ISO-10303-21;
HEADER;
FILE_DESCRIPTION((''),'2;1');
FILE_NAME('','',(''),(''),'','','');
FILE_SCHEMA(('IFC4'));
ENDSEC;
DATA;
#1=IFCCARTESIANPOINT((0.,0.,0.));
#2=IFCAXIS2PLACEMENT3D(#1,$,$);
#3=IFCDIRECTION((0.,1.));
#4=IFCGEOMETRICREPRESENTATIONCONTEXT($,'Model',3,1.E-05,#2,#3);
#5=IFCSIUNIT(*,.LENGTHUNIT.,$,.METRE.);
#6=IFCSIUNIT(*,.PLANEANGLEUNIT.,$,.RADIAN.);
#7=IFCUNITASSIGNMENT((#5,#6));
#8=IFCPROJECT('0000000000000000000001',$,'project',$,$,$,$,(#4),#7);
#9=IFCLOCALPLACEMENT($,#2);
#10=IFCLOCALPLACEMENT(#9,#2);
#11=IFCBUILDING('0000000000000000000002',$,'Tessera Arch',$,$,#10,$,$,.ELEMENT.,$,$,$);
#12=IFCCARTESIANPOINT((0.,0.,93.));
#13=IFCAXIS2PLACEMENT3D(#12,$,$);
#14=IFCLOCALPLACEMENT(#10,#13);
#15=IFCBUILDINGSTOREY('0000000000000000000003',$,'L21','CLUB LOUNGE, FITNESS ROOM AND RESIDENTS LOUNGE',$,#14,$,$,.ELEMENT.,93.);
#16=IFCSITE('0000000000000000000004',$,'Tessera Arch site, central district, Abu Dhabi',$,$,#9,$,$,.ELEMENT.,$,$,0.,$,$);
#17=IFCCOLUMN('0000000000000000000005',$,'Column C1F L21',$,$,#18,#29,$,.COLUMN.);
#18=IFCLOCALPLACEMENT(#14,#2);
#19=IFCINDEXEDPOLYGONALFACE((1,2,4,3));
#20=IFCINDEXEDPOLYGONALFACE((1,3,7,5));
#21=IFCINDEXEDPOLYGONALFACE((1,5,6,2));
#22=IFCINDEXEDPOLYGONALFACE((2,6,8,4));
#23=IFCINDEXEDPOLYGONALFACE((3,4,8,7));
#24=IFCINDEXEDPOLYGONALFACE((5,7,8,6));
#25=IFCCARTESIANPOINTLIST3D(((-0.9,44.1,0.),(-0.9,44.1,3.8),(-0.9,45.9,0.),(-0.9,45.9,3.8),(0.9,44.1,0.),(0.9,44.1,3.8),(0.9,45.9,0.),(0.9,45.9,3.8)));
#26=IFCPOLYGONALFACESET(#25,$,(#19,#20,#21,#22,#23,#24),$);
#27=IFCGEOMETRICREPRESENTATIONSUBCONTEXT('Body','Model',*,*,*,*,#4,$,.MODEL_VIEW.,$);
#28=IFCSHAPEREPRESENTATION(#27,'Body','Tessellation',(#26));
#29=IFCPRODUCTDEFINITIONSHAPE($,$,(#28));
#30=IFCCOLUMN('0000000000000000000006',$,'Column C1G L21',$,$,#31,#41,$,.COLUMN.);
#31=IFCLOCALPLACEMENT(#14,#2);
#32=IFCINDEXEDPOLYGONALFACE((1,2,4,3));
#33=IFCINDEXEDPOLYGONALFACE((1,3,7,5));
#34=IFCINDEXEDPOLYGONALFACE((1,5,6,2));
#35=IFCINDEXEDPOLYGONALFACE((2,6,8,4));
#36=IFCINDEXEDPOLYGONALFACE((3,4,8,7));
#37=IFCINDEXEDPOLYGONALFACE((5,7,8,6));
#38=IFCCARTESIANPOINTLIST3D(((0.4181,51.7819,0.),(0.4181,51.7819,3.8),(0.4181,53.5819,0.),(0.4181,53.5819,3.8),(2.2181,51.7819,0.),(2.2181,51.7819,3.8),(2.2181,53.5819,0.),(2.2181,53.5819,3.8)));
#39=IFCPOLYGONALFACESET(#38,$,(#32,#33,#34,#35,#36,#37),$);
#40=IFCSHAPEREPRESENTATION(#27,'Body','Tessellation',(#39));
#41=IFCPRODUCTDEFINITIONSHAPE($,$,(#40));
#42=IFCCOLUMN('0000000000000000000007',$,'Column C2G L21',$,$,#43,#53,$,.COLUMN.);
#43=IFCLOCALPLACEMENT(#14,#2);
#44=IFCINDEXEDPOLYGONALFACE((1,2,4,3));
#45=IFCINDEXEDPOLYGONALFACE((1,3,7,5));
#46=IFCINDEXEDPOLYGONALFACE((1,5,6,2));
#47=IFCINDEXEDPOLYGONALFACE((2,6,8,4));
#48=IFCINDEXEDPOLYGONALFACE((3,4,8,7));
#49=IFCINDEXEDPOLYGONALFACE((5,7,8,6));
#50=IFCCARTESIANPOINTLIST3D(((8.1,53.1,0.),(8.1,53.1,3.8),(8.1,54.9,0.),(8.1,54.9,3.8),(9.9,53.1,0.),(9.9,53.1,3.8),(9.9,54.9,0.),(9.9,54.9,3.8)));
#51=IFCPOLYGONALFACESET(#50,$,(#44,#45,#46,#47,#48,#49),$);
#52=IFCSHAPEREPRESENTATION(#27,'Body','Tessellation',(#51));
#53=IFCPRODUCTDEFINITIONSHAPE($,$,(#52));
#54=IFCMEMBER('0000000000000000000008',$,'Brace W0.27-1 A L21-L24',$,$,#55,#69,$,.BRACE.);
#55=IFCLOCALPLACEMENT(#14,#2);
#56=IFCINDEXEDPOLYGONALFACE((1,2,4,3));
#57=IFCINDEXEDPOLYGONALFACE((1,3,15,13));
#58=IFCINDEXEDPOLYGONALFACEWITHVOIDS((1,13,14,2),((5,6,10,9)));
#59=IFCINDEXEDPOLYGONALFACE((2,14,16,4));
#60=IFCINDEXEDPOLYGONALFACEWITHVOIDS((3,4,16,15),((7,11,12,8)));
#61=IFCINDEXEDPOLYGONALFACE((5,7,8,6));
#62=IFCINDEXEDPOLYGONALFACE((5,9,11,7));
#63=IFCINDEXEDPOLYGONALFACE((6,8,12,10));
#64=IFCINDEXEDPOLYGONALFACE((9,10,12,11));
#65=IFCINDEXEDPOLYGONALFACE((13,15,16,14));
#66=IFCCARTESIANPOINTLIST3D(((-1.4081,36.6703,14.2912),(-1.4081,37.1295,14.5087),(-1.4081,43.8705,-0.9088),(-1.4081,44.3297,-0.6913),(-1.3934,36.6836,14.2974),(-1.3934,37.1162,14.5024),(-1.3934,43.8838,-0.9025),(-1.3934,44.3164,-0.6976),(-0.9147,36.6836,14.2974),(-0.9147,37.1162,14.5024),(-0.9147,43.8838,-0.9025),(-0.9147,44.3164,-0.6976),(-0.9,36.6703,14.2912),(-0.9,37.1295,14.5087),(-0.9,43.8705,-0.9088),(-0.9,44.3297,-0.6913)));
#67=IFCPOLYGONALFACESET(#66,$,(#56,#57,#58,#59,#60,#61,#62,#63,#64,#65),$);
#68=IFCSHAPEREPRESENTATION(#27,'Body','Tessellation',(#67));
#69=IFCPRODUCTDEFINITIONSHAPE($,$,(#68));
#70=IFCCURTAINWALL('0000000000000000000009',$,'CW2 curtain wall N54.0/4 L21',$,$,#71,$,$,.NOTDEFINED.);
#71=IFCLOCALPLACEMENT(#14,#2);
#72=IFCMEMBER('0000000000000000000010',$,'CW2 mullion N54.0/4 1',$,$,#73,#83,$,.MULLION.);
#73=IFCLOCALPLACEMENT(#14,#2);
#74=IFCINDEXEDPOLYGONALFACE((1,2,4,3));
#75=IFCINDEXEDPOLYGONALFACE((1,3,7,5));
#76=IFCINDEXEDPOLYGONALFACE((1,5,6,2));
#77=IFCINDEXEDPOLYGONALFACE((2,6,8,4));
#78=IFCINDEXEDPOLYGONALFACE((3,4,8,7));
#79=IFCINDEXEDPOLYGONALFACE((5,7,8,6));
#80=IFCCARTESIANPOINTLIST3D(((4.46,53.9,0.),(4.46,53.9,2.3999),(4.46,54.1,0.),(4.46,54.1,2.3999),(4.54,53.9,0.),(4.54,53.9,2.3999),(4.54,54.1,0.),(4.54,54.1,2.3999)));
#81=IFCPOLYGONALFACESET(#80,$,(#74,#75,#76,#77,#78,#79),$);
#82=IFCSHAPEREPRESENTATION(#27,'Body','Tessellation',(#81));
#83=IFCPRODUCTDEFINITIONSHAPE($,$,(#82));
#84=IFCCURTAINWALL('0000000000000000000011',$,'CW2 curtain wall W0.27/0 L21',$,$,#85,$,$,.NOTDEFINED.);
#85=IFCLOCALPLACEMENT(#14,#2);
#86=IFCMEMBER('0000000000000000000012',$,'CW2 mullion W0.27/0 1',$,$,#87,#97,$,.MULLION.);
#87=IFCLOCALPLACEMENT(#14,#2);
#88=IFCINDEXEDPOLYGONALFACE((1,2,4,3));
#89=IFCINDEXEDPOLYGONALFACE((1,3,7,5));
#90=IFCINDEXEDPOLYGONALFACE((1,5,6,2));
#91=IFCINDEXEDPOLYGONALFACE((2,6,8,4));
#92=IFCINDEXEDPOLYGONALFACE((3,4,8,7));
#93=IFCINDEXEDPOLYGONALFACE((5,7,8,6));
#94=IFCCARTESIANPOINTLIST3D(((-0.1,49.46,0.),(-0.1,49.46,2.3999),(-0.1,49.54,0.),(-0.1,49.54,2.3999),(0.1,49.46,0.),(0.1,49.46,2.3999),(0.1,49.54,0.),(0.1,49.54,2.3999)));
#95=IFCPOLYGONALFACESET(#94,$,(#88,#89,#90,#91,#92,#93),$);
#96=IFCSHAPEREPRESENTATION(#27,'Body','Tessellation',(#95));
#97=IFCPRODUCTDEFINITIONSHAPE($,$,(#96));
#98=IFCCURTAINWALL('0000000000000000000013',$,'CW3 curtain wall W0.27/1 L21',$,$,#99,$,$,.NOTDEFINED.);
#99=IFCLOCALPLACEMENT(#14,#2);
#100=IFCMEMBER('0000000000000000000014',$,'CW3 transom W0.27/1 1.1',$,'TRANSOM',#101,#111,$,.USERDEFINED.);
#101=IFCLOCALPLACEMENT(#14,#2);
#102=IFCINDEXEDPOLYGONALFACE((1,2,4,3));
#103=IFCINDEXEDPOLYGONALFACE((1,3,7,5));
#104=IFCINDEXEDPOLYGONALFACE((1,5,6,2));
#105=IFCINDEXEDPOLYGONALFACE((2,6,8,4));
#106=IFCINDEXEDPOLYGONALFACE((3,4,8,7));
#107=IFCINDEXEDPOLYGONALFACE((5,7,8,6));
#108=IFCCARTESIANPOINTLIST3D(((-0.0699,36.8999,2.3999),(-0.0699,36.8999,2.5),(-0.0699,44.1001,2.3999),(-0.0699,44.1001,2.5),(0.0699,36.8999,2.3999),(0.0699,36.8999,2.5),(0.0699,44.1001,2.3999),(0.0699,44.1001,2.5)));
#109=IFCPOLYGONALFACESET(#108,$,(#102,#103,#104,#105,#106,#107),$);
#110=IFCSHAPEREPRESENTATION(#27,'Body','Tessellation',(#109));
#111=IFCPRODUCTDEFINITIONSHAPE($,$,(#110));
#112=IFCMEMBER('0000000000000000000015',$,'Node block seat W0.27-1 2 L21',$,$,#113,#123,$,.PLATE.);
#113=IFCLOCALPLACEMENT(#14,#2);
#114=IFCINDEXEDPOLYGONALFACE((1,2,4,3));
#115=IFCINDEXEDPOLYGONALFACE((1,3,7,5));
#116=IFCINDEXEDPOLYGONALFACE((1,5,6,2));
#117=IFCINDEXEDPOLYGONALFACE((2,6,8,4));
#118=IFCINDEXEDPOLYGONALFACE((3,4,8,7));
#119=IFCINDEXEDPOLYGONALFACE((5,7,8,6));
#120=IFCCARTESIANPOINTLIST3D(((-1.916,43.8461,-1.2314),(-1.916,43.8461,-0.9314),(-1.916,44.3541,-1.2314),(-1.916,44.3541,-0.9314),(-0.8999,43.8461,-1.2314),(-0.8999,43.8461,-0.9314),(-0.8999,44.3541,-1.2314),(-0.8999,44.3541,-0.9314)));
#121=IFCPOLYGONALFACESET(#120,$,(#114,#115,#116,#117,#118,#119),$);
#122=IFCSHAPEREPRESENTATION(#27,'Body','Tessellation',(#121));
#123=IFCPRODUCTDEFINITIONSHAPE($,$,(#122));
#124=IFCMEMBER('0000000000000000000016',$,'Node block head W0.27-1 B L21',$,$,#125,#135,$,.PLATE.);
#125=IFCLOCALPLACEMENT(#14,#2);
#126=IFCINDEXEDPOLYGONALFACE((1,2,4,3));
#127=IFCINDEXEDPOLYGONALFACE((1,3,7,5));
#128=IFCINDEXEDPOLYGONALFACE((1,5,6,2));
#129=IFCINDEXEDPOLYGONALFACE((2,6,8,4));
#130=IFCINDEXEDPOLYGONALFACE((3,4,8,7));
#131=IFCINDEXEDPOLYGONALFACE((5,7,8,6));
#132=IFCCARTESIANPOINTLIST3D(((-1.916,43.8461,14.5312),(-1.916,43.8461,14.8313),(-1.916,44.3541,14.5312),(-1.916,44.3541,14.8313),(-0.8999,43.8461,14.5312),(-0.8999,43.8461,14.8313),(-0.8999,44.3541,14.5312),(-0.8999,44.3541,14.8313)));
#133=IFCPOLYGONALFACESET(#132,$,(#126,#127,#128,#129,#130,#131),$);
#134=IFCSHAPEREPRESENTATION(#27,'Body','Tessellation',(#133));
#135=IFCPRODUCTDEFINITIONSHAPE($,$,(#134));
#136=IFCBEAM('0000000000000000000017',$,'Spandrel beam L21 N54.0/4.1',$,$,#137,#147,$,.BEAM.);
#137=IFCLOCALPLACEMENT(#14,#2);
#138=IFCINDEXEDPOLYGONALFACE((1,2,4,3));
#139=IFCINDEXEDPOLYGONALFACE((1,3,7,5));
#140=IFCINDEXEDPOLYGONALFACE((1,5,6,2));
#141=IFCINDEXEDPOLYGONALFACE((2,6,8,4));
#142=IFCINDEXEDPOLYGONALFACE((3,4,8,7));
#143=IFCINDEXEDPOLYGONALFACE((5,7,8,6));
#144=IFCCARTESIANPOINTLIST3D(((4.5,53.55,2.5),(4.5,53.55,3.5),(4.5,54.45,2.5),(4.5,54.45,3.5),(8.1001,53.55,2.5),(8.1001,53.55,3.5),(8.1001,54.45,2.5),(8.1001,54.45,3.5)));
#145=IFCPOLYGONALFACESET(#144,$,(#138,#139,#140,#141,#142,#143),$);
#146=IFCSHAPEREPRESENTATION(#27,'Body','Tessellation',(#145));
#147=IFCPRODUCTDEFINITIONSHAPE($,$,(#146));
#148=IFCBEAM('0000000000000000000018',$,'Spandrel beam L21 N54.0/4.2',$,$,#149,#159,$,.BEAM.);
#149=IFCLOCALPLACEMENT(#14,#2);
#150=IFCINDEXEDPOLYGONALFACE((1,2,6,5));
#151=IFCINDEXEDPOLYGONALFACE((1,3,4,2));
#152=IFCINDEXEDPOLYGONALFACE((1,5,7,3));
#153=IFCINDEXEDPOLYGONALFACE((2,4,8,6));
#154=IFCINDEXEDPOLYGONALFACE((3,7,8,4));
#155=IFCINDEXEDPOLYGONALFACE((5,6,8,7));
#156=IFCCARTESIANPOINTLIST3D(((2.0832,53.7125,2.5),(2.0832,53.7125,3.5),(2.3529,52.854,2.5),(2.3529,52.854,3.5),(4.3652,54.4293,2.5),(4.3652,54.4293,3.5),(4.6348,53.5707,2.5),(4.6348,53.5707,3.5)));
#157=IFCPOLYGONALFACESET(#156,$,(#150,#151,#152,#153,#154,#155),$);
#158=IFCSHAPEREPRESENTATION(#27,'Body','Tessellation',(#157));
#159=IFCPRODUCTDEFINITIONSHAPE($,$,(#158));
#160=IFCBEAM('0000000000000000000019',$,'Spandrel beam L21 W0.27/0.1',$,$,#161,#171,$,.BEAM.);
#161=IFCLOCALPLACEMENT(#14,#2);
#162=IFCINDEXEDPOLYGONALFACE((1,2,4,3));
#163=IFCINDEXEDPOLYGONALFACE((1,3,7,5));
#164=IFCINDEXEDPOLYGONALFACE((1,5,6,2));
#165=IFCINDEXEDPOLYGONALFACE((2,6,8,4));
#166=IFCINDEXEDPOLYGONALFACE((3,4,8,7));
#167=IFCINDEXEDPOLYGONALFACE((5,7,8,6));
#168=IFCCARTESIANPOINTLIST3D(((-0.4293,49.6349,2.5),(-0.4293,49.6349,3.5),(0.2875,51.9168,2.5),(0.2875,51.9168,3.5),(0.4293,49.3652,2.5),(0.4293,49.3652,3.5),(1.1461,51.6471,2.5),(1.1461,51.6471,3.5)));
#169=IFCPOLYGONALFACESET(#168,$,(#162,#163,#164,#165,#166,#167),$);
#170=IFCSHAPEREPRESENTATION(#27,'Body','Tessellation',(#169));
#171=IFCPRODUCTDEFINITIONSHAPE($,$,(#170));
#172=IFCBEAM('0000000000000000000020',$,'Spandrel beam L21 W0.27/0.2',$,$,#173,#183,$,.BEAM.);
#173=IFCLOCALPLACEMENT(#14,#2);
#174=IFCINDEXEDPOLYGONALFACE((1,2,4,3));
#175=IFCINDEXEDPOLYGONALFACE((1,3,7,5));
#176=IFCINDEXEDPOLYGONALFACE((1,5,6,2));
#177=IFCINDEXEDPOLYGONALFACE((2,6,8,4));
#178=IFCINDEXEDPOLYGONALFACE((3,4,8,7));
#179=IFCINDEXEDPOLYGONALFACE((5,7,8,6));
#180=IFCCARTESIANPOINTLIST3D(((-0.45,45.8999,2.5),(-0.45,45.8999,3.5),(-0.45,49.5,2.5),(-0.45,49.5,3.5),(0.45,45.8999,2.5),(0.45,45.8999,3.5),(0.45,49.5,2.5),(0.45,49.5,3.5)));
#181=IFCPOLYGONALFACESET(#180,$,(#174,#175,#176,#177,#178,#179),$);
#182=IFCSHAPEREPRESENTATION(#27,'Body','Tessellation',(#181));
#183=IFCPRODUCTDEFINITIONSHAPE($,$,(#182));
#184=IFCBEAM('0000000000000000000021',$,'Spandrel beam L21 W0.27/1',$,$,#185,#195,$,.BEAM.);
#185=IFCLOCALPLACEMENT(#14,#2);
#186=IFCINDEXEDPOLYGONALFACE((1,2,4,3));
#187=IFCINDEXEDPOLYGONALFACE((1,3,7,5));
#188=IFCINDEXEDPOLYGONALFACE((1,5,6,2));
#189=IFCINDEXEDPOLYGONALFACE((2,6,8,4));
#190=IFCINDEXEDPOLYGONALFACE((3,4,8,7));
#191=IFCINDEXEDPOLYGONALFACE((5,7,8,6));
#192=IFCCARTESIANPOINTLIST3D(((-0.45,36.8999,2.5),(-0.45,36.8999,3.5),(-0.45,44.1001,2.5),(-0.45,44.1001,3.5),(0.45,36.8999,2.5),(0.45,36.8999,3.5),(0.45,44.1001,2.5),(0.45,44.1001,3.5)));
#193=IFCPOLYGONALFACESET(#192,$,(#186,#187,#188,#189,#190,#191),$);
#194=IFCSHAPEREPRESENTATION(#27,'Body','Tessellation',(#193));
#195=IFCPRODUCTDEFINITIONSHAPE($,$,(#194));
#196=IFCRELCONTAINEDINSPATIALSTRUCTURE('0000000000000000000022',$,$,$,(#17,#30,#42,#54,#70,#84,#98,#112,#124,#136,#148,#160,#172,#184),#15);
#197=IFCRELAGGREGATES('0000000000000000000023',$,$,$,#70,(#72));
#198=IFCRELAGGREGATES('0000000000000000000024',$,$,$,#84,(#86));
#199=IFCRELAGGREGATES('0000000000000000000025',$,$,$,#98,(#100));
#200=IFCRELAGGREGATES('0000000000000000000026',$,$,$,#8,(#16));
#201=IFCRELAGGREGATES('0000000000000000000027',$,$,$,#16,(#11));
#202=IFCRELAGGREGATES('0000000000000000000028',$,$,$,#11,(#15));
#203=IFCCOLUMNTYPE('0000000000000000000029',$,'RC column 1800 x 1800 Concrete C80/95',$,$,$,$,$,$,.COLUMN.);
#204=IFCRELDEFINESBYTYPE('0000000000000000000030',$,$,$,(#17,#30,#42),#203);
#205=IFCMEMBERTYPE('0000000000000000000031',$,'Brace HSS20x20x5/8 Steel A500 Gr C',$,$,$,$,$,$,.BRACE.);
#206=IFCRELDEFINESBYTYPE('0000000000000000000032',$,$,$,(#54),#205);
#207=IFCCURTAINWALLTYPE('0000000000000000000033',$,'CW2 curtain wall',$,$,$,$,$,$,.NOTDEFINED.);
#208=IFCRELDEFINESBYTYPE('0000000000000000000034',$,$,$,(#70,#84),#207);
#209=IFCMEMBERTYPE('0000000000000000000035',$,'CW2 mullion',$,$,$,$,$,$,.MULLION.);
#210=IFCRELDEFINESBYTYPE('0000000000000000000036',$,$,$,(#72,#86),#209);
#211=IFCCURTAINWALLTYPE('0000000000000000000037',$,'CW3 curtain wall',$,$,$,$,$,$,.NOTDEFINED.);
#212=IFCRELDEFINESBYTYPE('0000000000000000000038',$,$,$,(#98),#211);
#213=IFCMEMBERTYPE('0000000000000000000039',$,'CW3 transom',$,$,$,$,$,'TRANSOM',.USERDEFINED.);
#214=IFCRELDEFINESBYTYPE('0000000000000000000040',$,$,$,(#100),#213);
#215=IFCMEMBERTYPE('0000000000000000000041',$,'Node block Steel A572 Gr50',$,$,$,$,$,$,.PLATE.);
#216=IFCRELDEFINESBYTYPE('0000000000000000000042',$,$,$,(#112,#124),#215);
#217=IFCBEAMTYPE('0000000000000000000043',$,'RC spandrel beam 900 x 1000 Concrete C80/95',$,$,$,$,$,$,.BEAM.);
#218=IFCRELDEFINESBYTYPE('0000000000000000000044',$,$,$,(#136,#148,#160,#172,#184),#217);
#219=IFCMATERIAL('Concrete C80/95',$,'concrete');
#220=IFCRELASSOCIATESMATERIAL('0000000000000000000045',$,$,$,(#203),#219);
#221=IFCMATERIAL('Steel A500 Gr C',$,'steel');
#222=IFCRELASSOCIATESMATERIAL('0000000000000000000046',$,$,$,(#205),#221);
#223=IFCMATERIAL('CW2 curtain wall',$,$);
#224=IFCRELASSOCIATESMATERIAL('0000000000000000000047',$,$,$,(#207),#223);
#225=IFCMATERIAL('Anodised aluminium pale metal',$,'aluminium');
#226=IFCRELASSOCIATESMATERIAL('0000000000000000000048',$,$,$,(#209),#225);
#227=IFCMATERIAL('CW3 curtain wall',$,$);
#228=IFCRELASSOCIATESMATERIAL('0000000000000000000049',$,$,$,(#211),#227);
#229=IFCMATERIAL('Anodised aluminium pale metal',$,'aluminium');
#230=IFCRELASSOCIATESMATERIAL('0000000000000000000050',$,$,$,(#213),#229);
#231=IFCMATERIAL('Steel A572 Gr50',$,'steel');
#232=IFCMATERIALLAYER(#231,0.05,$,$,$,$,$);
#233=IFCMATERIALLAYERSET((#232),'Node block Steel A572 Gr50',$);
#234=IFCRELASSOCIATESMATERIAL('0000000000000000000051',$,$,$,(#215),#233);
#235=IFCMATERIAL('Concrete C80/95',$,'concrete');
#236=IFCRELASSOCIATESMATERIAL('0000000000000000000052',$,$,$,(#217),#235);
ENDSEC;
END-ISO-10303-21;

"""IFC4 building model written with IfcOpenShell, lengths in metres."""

from ifc_helpers import new_model, si_unit, direction, frame, origin, origin_2d, place, context, subcontext, project, spatial, rectangle, hollow_rectangle, extrude, material, layer, layer_set, material_profile, profile_set, type_object, element, aggregate, save


model = new_model("IFC4")

# Units and contexts
model_context = context("Model", 3, precision=1e-05, world=origin(), true_north=direction((0.0, 1.0)))
body_context = subcontext(model_context, "Body", "Model", "MODEL_VIEW")
ifc_project = project(units=[si_unit("LENGTHUNIT", "METRE"), si_unit("PLANEANGLEUNIT", "RADIAN")], contexts=[model_context])

# Site, building, storey
site_placement = place(None, origin())
site = spatial("IfcSite", under=ifc_project, at=site_placement, Name="Tessera Arch site, central district, Abu Dhabi", CompositionType="ELEMENT", RefElevation=0.0)
building_placement = place(site_placement, origin())
building = spatial("IfcBuilding", under=site, at=building_placement, Name="Tessera Arch", CompositionType="ELEMENT")
storey_placement = place(building_placement, frame((0.0, 0.0, 93.0)))
storey = spatial("IfcBuildingStorey", under=building, at=storey_placement, Name="L21", Description="CLUB LOUNGE, FITNESS ROOM AND RESIDENTS LOUNGE", CompositionType="ELEMENT", Elevation=93.0)

# Columns
ifc_material_1 = material(Name="Concrete C80/95", Category="concrete")
ifc_material_profile_1 = material_profile(ifc_material_1, rectangle(XDim=1.8, YDim=1.8, at=origin_2d()), Name="RC column 1800 x 1800 Concrete C80/95")
ifc_profile_set_1 = profile_set([ifc_material_profile_1], Name="Concrete C80/95")
column_type = type_object("IfcColumnType", Name="RC column 1800 x 1800 Concrete C80/95", PredefinedType="COLUMN", material=ifc_profile_set_1)
for number, where, z_axis, x_axis, name in (
    (1, (0.0, 45.0, 0.0), (0.0, 0.0, 1.0), (1.0, 0.0, 0.0), "Column C1F L21"),
    (2, (1.3181, 52.6819, 0.0), (0.0, 0.0, 1.0), (1.0, 0.0, 0.0), "Column C1G L21"),
    (3, (9.0, 54.0, 0.0), (0.0, 0.0, 1.0), (1.0, 0.0, 0.0), "Column C2G L21"),
):
    element("IfcColumn", number, at=place(storey_placement, frame(where, z_axis=z_axis, x_axis=x_axis)), inside=storey, type_object=column_type, Name=name, PredefinedType="COLUMN", context=body_context, shape_type="SweptSolid", body=[
        extrude(rectangle(XDim=1.8, YDim=1.8, at=origin_2d()), origin(), (0.0, 0.0, 1.0), 3.8),
    ])

# Member
ifc_material_2 = material(Name="Steel A500 Gr C", Category="steel")
ifc_material_profile_2 = material_profile(ifc_material_2, hollow_rectangle(XDim=0.5081, YDim=0.5081, WallThickness=0.0146, at=origin_2d()), Name="HSS20x20x5/8")
ifc_profile_set_2 = profile_set([ifc_material_profile_2], Name="Steel A500 Gr C")
member_type_1 = type_object("IfcMemberType", Name="Brace HSS20x20x5/8 Steel A500 Gr C", PredefinedType="BRACE", material=ifc_profile_set_2)
member_1_placement = place(storey_placement, frame((-1.1541, 44.1001, -0.8), z_axis=(0.0, -0.428097, 0.903733), x_axis=(1.0, 0.0, 0.0)))
element("IfcMember", 4, at=member_1_placement, inside=storey, type_object=member_type_1, Name="Brace W0.27-1 A L21-L24", PredefinedType="BRACE", context=body_context, shape_type="SweptSolid", body=[
    extrude(hollow_rectangle(XDim=0.5081, YDim=0.5081, WallThickness=0.0146, at=origin_2d()), origin(), (0.0, 0.0, 1.0), 16.8191),
])

# Curtain walls, members
ifc_material_3 = material(Name="CW2 curtain wall")
curtain_wall_type_1 = type_object("IfcCurtainWallType", Name="CW2 curtain wall", PredefinedType="NOTDEFINED", material=ifc_material_3)
curtain_wall_1_placement = place(storey_placement, origin())
curtain_wall_1 = element("IfcCurtainWall", 5, at=curtain_wall_1_placement, inside=storey, type_object=curtain_wall_type_1, Name="CW2 curtain wall N54.0/4 L21", PredefinedType="NOTDEFINED")
ifc_material_4 = material(Name="Anodised aluminium pale metal", Category="aluminium")
ifc_material_profile_3 = material_profile(ifc_material_4, rectangle(XDim=0.2, YDim=0.0801, at=origin_2d()), Name="AL 80x200")
ifc_profile_set_3 = profile_set([ifc_material_profile_3], Name="Anodised aluminium pale metal")
member_type_2 = type_object("IfcMemberType", Name="CW2 mullion", PredefinedType="MULLION", material=ifc_profile_set_3)
member_2_placement = place(storey_placement, frame((4.5, 54.0, 0.0), z_axis=(0.0, 0.0, 1.0), x_axis=(0.0, -1.0, 0.0)))
member_2 = element("IfcMember", 6, at=member_2_placement, type_object=member_type_2, Name="CW2 mullion N54.0/4 1", PredefinedType="MULLION", context=body_context, shape_type="SweptSolid", body=[
    extrude(rectangle(XDim=0.2, YDim=0.0801, at=origin_2d()), origin(), (0.0, 0.0, 1.0), 2.3999),
])
curtain_wall_2_placement = place(storey_placement, origin())
curtain_wall_2 = element("IfcCurtainWall", 7, at=curtain_wall_2_placement, inside=storey, type_object=curtain_wall_type_1, Name="CW2 curtain wall W0.27/0 L21", PredefinedType="NOTDEFINED")
member_3_placement = place(storey_placement, frame((0.0, 49.5, 0.0), z_axis=(0.0, 0.0, 1.0), x_axis=(1.0, 0.0, 0.0)))
member_3 = element("IfcMember", 8, at=member_3_placement, type_object=member_type_2, Name="CW2 mullion W0.27/0 1", PredefinedType="MULLION", context=body_context, shape_type="SweptSolid", body=[
    extrude(rectangle(XDim=0.2, YDim=0.0801, at=origin_2d()), origin(), (0.0, 0.0, 1.0), 2.3999),
])
ifc_material_5 = material(Name="CW3 curtain wall")
curtain_wall_type_2 = type_object("IfcCurtainWallType", Name="CW3 curtain wall", PredefinedType="NOTDEFINED", material=ifc_material_5)
curtain_wall_3_placement = place(storey_placement, origin())
curtain_wall_3 = element("IfcCurtainWall", 9, at=curtain_wall_3_placement, inside=storey, type_object=curtain_wall_type_2, Name="CW3 curtain wall W0.27/1 L21", PredefinedType="NOTDEFINED")
ifc_material_6 = material(Name="Anodised aluminium pale metal", Category="aluminium")
ifc_material_profile_4 = material_profile(ifc_material_6, rectangle(XDim=0.1399, YDim=0.1001, at=origin_2d()), Name="AL 140x100")
ifc_profile_set_4 = profile_set([ifc_material_profile_4], Name="Anodised aluminium pale metal")
member_type_3 = type_object("IfcMemberType", Name="CW3 transom", ElementType="TRANSOM", PredefinedType="USERDEFINED", material=ifc_profile_set_4)
member_4_placement = place(storey_placement, frame((0.0, 44.1001, 2.45), z_axis=(0.0, -1.0, 0.0), x_axis=(1.0, 0.0, 0.0)))
member_4 = element("IfcMember", 10, at=member_4_placement, type_object=member_type_3, Name="CW3 transom W0.27/1 1.1", ObjectType="TRANSOM", PredefinedType="USERDEFINED", context=body_context, shape_type="SweptSolid", body=[
    extrude(rectangle(XDim=0.1399, YDim=0.1001, at=origin_2d()), origin(), (0.0, 0.0, 1.0), 7.2002),
])

# Members
ifc_material_7 = material(Name="Steel A572 Gr50", Category="steel")
ifc_layer_1 = layer(ifc_material_7, 0.05)
ifc_layer_set_1 = layer_set([ifc_layer_1], Name="Node block Steel A572 Gr50")
member_type_4 = type_object("IfcMemberType", Name="Node block Steel A572 Gr50", PredefinedType="PLATE", material=ifc_layer_set_1)
for number, where, z_axis, x_axis, name in (
    (11, (-1.408, 44.1001, -1.2314), (0.0, 0.0, 1.0), (0.0, -1.0, 0.0), "Node block seat W0.27-1 2 L21"),
    (12, (-1.408, 44.1001, 14.5312), (0.0, 0.0, 1.0), (0.0, -1.0, 0.0), "Node block head W0.27-1 B L21"),
):
    element("IfcMember", number, at=place(storey_placement, frame(where, z_axis=z_axis, x_axis=x_axis)), inside=storey, type_object=member_type_4, Name=name, PredefinedType="PLATE", context=body_context, shape_type="SweptSolid", body=[
        extrude(rectangle(XDim=0.5081, YDim=1.0161, at=origin_2d()), origin(), (0.0, 0.0, 1.0), 0.3),
    ])

# Beams
ifc_material_8 = material(Name="Concrete C80/95", Category="concrete")
ifc_material_profile_5 = material_profile(ifc_material_8, rectangle(XDim=0.8999, YDim=1.0, at=origin_2d()), Name="RC spandrel beam 900 x 1000 Concrete C80/95")
ifc_profile_set_5 = profile_set([ifc_material_profile_5], Name="Concrete C80/95")
beam_type = type_object("IfcBeamType", Name="RC spandrel beam 900 x 1000 Concrete C80/95", PredefinedType="BEAM", material=ifc_profile_set_5)
beam_1_placement = place(storey_placement, frame((8.1001, 54.0, 3.0), z_axis=(-1.0, 0.0, 0.0), x_axis=(0.0, -1.0, 0.0)))
element("IfcBeam", 13, at=beam_1_placement, inside=storey, type_object=beam_type, Name="Spandrel beam L21 N54.0/4.1", PredefinedType="BEAM", context=body_context, shape_type="SweptSolid", body=[
    extrude(rectangle(XDim=0.8999, YDim=1.0, at=origin_2d()), origin(), (0.0, 0.0, 1.0), 3.6001),
])
for number, where, z_axis, x_axis, name in (
    (14, (4.5, 54.0, 3.0), (-0.954041, -0.299675, 0.0), (0.299675, -0.954041, 0.0), "Spandrel beam L21 N54.0/4.2"),
    (15, (0.7168, 51.782, 3.0), (-0.299675, -0.954041, 0.0), (0.954041, -0.299675, 0.0), "Spandrel beam L21 W0.27/0.1"),
):
    element("IfcBeam", number, at=place(storey_placement, frame(where, z_axis=z_axis, x_axis=x_axis)), inside=storey, type_object=beam_type, Name=name, PredefinedType="BEAM", context=body_context, shape_type="SweptSolid", body=[
        extrude(rectangle(XDim=0.8999, YDim=1.0, at=origin_2d()), origin(), (0.0, 0.0, 1.0), 2.3918),
    ])
beam_2_placement = place(storey_placement, frame((0.0, 49.5, 3.0), z_axis=(0.0, -1.0, 0.0), x_axis=(1.0, 0.0, 0.0)))
element("IfcBeam", 16, at=beam_2_placement, inside=storey, type_object=beam_type, Name="Spandrel beam L21 W0.27/0.2", PredefinedType="BEAM", context=body_context, shape_type="SweptSolid", body=[
    extrude(rectangle(XDim=0.8999, YDim=1.0, at=origin_2d()), origin(), (0.0, 0.0, 1.0), 3.6001),
])
beam_3_placement = place(storey_placement, frame((0.0, 44.1001, 3.0), z_axis=(0.0, -1.0, 0.0), x_axis=(1.0, 0.0, 0.0)))
element("IfcBeam", 17, at=beam_3_placement, inside=storey, type_object=beam_type, Name="Spandrel beam L21 W0.27/1", PredefinedType="BEAM", context=body_context, shape_type="SweptSolid", body=[
    extrude(rectangle(XDim=0.8999, YDim=1.0, at=origin_2d()), origin(), (0.0, 0.0, 1.0), 7.2002),
])

aggregate(curtain_wall_1, [member_2])
aggregate(curtain_wall_2, [member_3])
aggregate(curtain_wall_3, [member_4])

save(model, "model.ifc")
